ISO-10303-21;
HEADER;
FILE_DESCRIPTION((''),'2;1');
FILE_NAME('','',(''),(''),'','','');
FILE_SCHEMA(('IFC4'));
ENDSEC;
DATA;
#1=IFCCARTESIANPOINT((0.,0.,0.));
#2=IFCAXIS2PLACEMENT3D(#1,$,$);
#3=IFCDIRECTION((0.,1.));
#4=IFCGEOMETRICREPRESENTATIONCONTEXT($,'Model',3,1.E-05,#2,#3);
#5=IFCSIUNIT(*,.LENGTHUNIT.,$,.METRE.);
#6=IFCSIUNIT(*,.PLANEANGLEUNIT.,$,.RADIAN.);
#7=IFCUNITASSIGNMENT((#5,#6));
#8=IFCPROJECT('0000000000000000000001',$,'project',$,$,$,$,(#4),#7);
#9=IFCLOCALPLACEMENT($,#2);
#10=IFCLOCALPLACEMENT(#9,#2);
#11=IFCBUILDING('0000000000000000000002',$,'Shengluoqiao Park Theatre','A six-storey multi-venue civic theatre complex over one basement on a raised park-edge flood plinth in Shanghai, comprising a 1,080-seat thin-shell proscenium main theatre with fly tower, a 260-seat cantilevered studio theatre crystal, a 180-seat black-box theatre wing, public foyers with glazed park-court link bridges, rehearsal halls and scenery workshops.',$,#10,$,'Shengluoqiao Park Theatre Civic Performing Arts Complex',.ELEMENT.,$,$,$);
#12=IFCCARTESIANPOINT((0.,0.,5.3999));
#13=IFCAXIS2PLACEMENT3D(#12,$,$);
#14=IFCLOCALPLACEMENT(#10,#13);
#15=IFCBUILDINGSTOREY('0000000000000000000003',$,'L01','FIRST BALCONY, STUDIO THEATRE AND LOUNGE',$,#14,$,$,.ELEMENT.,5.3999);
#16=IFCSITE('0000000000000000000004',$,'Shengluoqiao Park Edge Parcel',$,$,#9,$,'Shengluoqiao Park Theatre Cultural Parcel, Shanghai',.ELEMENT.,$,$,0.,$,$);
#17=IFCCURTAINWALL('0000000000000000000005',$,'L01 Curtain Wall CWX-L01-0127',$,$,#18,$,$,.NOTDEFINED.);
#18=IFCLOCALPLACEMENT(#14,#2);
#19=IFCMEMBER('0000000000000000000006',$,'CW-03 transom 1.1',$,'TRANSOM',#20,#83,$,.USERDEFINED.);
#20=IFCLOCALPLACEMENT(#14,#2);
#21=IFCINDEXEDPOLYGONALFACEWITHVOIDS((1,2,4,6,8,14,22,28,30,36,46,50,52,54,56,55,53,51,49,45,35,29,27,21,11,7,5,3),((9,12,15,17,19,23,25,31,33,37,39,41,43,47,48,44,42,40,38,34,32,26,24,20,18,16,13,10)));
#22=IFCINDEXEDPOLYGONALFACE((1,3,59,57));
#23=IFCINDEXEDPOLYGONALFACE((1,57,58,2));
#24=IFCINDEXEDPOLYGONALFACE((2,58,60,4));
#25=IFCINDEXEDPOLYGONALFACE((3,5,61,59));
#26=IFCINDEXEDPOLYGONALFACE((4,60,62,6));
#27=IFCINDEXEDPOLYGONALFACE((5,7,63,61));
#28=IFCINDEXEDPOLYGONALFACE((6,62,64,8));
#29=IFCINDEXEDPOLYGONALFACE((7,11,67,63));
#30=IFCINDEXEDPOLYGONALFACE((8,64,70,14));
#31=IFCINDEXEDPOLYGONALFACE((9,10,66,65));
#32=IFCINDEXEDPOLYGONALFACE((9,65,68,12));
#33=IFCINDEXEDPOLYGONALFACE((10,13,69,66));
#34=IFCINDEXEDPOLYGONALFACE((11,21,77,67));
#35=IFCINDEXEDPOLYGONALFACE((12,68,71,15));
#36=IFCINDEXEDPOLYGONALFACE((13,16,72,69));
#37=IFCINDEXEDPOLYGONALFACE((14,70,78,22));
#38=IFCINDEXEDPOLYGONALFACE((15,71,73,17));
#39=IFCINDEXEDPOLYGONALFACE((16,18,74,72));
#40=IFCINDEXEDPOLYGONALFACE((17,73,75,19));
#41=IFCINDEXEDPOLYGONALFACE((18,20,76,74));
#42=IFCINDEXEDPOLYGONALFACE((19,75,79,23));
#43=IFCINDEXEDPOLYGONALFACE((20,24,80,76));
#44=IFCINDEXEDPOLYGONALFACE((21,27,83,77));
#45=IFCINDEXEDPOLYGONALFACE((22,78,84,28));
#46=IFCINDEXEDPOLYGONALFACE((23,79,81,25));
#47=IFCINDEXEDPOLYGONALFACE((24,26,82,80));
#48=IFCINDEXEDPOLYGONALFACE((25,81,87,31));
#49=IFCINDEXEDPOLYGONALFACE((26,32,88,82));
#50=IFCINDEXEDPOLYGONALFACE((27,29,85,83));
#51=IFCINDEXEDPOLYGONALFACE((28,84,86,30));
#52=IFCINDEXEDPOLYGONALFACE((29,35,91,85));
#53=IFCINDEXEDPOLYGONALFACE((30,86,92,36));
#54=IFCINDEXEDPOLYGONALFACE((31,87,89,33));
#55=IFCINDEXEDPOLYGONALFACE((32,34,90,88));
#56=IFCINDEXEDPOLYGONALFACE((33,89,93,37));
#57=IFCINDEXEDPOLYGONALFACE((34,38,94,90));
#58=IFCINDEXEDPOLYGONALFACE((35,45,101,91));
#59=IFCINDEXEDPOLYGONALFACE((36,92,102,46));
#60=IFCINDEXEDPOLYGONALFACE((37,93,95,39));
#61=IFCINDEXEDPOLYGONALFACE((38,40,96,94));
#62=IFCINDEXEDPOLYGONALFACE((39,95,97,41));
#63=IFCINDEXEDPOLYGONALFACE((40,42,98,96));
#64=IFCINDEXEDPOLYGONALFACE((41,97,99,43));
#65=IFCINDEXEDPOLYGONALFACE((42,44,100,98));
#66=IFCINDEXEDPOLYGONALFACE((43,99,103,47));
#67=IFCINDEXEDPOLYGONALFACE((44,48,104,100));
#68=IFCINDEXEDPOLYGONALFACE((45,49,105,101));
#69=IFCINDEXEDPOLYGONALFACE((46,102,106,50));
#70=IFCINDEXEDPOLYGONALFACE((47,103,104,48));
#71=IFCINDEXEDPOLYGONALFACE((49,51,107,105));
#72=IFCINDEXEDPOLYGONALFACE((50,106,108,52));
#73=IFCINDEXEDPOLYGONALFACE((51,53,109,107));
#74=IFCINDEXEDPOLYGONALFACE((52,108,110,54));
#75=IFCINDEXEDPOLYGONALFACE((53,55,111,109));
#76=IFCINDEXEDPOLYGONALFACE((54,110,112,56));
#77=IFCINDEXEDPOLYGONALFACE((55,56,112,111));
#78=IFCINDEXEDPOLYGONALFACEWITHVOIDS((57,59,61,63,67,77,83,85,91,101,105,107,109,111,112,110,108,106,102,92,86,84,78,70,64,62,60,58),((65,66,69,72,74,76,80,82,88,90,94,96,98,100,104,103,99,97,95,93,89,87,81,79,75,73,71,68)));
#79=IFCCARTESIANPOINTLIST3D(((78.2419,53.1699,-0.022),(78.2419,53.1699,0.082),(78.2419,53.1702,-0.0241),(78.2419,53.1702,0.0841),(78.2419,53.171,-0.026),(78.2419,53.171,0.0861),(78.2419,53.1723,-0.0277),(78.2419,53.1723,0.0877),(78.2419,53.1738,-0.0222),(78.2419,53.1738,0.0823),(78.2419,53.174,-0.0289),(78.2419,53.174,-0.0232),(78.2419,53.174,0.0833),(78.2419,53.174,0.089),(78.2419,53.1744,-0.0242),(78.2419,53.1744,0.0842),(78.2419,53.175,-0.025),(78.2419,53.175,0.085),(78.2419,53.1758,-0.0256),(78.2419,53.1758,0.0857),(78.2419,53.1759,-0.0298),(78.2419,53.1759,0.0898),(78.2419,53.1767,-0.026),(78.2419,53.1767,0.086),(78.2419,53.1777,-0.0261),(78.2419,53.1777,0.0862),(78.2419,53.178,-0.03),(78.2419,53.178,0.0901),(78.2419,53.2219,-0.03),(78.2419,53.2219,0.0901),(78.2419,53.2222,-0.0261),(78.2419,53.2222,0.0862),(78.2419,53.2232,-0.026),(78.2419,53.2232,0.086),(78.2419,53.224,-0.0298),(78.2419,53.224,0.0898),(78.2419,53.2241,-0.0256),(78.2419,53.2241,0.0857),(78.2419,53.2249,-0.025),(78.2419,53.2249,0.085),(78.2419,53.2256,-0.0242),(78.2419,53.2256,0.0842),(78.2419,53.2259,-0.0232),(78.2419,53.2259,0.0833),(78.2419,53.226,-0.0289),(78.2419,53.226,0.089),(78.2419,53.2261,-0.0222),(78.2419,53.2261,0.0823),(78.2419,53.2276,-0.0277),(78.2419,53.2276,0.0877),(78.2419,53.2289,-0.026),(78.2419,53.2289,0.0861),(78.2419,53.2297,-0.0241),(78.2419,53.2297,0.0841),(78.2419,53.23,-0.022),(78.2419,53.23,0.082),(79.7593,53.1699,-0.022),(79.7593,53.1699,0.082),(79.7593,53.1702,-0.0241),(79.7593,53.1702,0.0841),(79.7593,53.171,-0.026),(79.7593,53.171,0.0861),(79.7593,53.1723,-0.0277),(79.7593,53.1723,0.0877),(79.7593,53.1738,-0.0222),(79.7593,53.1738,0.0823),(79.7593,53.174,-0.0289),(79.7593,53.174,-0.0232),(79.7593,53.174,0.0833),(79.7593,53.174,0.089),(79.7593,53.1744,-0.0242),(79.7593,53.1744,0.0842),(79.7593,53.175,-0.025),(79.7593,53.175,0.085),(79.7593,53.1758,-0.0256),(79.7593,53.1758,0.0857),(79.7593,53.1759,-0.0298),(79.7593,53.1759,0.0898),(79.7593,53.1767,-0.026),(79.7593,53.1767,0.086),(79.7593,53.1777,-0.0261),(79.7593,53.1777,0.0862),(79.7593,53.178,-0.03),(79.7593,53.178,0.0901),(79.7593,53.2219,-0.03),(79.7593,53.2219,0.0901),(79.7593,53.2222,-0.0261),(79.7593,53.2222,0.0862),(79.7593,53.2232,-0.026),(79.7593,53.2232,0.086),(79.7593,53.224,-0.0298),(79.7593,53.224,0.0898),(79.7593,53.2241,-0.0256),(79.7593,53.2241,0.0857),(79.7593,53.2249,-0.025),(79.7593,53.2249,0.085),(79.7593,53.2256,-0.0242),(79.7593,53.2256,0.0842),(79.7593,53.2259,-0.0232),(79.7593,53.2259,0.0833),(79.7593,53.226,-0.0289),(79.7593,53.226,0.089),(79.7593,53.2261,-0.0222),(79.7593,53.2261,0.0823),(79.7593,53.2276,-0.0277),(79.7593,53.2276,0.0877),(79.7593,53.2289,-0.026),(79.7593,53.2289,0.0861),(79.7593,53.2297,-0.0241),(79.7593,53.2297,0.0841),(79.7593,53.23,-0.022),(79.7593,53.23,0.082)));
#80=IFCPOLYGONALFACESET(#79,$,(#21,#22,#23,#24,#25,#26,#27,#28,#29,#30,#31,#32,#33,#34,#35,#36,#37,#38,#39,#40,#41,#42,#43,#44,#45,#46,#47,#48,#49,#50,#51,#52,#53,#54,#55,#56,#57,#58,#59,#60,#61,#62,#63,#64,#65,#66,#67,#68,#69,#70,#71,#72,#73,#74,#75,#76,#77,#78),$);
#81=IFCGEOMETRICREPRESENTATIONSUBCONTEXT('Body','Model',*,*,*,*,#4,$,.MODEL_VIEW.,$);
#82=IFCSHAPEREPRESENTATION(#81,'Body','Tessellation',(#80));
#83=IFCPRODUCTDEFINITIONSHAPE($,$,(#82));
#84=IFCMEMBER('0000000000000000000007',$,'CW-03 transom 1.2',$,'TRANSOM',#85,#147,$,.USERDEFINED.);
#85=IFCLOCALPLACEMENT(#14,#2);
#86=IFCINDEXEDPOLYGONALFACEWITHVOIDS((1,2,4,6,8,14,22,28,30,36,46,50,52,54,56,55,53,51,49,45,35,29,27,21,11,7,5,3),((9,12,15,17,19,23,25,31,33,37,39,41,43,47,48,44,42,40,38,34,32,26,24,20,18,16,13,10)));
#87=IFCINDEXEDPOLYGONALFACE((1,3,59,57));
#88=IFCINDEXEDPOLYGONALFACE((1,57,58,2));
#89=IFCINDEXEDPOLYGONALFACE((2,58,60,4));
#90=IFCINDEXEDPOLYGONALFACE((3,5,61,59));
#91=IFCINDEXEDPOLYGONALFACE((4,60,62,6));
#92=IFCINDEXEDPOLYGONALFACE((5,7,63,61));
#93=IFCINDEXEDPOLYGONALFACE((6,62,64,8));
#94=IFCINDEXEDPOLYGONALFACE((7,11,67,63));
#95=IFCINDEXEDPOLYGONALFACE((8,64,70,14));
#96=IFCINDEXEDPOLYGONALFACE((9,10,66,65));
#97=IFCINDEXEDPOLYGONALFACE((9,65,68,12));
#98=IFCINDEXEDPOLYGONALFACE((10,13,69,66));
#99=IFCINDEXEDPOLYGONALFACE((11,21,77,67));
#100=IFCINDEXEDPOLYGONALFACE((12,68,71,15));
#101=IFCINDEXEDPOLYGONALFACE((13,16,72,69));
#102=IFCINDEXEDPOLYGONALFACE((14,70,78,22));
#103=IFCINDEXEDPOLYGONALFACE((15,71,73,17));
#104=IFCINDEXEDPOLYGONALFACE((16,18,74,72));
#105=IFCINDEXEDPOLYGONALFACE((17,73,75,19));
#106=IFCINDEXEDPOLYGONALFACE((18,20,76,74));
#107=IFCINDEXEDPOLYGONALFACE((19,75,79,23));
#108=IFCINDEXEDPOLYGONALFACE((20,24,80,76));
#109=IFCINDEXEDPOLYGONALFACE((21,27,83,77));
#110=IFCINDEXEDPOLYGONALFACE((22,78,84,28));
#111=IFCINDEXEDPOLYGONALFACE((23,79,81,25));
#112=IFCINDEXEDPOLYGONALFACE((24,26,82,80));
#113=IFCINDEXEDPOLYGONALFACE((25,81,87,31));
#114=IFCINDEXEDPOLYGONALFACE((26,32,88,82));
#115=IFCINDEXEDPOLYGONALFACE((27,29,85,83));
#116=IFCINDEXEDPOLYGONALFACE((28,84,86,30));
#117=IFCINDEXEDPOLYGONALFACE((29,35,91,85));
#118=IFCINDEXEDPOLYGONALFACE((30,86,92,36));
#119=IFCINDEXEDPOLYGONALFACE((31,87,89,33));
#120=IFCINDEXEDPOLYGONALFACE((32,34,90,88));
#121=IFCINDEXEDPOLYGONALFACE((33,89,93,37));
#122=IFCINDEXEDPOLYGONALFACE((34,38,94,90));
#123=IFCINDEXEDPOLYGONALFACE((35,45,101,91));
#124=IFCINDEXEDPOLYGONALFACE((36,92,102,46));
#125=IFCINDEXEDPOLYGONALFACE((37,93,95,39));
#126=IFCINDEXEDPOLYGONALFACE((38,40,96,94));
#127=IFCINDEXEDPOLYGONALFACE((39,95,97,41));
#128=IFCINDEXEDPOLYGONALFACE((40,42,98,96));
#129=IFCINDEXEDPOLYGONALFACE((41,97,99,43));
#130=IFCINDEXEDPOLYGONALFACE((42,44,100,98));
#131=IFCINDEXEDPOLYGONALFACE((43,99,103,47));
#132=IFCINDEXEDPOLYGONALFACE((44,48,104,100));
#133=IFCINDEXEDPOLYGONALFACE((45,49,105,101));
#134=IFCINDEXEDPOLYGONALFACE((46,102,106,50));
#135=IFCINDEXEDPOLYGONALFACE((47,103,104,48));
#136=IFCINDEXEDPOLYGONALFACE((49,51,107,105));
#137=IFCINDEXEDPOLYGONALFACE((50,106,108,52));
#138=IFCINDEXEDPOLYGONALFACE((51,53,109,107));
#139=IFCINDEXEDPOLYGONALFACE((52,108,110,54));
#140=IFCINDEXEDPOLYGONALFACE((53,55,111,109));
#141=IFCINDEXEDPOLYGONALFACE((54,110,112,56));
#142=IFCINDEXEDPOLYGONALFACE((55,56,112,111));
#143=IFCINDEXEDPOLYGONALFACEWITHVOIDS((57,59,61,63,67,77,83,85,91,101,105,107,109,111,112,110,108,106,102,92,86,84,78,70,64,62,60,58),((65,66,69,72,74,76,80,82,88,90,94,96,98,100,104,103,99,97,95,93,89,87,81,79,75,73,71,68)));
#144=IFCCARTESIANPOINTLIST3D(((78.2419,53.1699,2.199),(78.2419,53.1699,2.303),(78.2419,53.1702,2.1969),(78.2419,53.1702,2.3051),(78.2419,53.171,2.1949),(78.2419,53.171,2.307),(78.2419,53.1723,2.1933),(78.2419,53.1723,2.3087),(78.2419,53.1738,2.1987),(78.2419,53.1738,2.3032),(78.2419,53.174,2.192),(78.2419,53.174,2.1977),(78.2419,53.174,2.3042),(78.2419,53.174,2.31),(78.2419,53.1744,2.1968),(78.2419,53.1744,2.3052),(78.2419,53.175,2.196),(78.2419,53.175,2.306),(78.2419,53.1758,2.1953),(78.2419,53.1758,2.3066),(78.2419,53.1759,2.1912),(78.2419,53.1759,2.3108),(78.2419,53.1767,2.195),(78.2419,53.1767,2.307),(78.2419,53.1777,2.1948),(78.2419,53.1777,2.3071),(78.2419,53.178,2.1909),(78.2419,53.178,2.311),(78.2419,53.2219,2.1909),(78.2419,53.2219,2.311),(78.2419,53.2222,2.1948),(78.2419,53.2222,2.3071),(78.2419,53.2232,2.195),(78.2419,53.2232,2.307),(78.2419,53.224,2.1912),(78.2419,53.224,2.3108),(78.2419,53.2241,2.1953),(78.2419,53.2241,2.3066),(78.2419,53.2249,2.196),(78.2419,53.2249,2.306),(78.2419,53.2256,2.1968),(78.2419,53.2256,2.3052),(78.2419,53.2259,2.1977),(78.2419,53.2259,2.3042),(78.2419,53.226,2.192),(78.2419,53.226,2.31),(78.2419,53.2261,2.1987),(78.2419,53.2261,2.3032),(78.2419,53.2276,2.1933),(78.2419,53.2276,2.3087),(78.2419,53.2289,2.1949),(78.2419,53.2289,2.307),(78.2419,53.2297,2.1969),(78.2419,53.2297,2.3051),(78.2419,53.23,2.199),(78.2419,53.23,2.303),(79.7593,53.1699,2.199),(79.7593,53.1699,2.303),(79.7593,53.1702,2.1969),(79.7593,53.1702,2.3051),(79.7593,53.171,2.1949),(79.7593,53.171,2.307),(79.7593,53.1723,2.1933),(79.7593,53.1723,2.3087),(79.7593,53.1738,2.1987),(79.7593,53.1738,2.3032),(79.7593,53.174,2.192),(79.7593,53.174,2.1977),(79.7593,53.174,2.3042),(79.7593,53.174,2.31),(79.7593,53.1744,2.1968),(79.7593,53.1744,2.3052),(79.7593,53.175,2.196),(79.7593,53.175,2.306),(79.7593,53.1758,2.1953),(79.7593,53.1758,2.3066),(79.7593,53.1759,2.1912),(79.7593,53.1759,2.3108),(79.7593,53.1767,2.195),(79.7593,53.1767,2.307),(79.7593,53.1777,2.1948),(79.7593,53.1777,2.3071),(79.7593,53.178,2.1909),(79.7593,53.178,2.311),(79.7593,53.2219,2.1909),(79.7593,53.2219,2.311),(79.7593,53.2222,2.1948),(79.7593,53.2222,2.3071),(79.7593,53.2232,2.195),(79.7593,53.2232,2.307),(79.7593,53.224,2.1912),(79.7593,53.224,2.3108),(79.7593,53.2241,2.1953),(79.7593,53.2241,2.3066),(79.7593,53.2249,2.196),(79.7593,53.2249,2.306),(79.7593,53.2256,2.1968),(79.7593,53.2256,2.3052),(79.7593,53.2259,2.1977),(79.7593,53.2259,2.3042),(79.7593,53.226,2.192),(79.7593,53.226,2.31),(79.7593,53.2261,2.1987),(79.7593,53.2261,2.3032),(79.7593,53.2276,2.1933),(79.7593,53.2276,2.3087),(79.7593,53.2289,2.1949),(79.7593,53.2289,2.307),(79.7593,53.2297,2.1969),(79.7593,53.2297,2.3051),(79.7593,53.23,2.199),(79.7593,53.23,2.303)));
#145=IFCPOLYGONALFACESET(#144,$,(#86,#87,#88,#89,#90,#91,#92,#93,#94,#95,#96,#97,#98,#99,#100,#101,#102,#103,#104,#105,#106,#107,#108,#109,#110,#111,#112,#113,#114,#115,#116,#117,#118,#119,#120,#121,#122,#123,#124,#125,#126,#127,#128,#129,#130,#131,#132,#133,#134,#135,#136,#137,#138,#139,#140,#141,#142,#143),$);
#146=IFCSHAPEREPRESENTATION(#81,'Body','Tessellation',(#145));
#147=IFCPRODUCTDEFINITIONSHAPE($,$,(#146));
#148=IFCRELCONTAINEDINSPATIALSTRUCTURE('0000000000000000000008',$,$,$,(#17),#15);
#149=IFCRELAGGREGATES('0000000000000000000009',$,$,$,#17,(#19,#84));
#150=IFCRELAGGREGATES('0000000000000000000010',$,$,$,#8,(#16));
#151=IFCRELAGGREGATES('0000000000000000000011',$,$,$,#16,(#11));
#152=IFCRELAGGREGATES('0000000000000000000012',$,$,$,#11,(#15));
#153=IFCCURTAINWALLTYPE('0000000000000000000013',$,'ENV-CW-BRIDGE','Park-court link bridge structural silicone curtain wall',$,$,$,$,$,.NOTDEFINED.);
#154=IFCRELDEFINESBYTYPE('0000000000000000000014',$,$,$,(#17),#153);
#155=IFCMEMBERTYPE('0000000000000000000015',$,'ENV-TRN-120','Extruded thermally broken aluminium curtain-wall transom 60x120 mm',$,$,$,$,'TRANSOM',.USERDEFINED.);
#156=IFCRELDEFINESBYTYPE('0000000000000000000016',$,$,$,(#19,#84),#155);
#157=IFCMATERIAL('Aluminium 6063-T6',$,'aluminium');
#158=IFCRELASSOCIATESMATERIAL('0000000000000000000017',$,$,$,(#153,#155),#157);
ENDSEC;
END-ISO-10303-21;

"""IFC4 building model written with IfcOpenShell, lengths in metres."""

from ifc_helpers import new_model, si_unit, direction, frame, origin, origin_2d, place, context, subcontext, project, spatial, hollow_rectangle, extrude, material, material_profile, profile_set, type_object, element, aggregate, save


model = new_model("IFC4")

# Units and contexts
model_context = context("Model", 3, precision=1e-05, world=origin(), true_north=direction((0.0, 1.0)))
body_context = subcontext(model_context, "Body", "Model", "MODEL_VIEW")
ifc_project = project(units=[si_unit("LENGTHUNIT", "METRE"), si_unit("PLANEANGLEUNIT", "RADIAN")], contexts=[model_context])

# Site, building, storey
site_placement = place(None, origin())
site = spatial("IfcSite", under=ifc_project, at=site_placement, Name="Shengluoqiao Park Edge Parcel", LongName="Shengluoqiao Park Theatre Cultural Parcel, Shanghai", CompositionType="ELEMENT", RefElevation=0.0)
building_placement = place(site_placement, origin())
building = spatial("IfcBuilding", under=site, at=building_placement, Name="Shengluoqiao Park Theatre", Description="A six-storey multi-venue civic theatre complex over one basement on a raised park-edge flood plinth in Shanghai, comprising a 1,080-seat thin-shell proscenium main theatre with fly tower, a 260-seat cantilevered studio theatre crystal, a 180-seat black-box theatre wing, public foyers with glazed park-court link bridges, rehearsal halls and scenery workshops.", LongName="Shengluoqiao Park Theatre Civic Performing Arts Complex", CompositionType="ELEMENT")
storey_placement = place(building_placement, frame((0.0, 0.0, 5.3999)))
storey = spatial("IfcBuildingStorey", under=building, at=storey_placement, Name="L01", Description="FIRST BALCONY, STUDIO THEATRE AND LOUNGE", CompositionType="ELEMENT", Elevation=5.3999)

# Curtain wall, members
ifc_material_1 = material(Name="Aluminium 6063-T6", Category="aluminium")
curtain_wall_type = type_object("IfcCurtainWallType", Name="ENV-CW-BRIDGE", Description="Park-court link bridge structural silicone curtain wall", PredefinedType="NOTDEFINED", material=ifc_material_1)
curtain_wall_placement = place(storey_placement, origin())
curtain_wall = element("IfcCurtainWall", 1, at=curtain_wall_placement, inside=storey, type_object=curtain_wall_type, Name="L01 Curtain Wall CWX-L01-0127", PredefinedType="NOTDEFINED")
ifc_material_profile_1 = material_profile(ifc_material_1, hollow_rectangle(XDim=0.0601, YDim=0.1201, WallThickness=0.0039, InnerFilletRadius=0.0039, OuterFilletRadius=0.0081, at=origin_2d()), Name="ALU TRANSOM 120x60x4")
ifc_profile_set_1 = profile_set([ifc_material_profile_1], Name="Aluminium 6063-T6")
member_type_1 = type_object("IfcMemberType", Name="ENV-TRN-120", Description="Extruded thermally broken aluminium curtain-wall transom 60x120 mm", ElementType="TRANSOM", PredefinedType="USERDEFINED", material=ifc_profile_set_1)
member_1_placement = place(storey_placement, frame((78.2419, 53.2, 0.03), z_axis=(1.0, 0.0, 0.0), x_axis=(0.0, 1.0, 0.0)))
member_1 = element("IfcMember", 2, at=member_1_placement, type_object=member_type_1, Name="CW-03 transom 1.1", ObjectType="TRANSOM", PredefinedType="USERDEFINED", context=body_context, shape_type="SweptSolid", body=[
    extrude(hollow_rectangle(XDim=0.0601, YDim=0.1201, WallThickness=0.0039, InnerFilletRadius=0.0039, OuterFilletRadius=0.0081, at=origin_2d()), origin(), (0.0, 0.0, 1.0), 1.5173),
])
member_2_placement = place(storey_placement, frame((78.2419, 53.2, 2.251), z_axis=(1.0, 0.0, 0.0), x_axis=(0.0, 1.0, 0.0)))
member_2 = element("IfcMember", 3, at=member_2_placement, type_object=member_type_1, Name="CW-03 transom 1.2", ObjectType="TRANSOM", PredefinedType="USERDEFINED", context=body_context, shape_type="SweptSolid", body=[
    extrude(hollow_rectangle(XDim=0.0601, YDim=0.1201, WallThickness=0.0039, InnerFilletRadius=0.0039, OuterFilletRadius=0.0081, at=origin_2d()), origin(), (0.0, 0.0, 1.0), 1.5173),
])

aggregate(curtain_wall, [member_1, member_2])

save(model, "model.ifc")
